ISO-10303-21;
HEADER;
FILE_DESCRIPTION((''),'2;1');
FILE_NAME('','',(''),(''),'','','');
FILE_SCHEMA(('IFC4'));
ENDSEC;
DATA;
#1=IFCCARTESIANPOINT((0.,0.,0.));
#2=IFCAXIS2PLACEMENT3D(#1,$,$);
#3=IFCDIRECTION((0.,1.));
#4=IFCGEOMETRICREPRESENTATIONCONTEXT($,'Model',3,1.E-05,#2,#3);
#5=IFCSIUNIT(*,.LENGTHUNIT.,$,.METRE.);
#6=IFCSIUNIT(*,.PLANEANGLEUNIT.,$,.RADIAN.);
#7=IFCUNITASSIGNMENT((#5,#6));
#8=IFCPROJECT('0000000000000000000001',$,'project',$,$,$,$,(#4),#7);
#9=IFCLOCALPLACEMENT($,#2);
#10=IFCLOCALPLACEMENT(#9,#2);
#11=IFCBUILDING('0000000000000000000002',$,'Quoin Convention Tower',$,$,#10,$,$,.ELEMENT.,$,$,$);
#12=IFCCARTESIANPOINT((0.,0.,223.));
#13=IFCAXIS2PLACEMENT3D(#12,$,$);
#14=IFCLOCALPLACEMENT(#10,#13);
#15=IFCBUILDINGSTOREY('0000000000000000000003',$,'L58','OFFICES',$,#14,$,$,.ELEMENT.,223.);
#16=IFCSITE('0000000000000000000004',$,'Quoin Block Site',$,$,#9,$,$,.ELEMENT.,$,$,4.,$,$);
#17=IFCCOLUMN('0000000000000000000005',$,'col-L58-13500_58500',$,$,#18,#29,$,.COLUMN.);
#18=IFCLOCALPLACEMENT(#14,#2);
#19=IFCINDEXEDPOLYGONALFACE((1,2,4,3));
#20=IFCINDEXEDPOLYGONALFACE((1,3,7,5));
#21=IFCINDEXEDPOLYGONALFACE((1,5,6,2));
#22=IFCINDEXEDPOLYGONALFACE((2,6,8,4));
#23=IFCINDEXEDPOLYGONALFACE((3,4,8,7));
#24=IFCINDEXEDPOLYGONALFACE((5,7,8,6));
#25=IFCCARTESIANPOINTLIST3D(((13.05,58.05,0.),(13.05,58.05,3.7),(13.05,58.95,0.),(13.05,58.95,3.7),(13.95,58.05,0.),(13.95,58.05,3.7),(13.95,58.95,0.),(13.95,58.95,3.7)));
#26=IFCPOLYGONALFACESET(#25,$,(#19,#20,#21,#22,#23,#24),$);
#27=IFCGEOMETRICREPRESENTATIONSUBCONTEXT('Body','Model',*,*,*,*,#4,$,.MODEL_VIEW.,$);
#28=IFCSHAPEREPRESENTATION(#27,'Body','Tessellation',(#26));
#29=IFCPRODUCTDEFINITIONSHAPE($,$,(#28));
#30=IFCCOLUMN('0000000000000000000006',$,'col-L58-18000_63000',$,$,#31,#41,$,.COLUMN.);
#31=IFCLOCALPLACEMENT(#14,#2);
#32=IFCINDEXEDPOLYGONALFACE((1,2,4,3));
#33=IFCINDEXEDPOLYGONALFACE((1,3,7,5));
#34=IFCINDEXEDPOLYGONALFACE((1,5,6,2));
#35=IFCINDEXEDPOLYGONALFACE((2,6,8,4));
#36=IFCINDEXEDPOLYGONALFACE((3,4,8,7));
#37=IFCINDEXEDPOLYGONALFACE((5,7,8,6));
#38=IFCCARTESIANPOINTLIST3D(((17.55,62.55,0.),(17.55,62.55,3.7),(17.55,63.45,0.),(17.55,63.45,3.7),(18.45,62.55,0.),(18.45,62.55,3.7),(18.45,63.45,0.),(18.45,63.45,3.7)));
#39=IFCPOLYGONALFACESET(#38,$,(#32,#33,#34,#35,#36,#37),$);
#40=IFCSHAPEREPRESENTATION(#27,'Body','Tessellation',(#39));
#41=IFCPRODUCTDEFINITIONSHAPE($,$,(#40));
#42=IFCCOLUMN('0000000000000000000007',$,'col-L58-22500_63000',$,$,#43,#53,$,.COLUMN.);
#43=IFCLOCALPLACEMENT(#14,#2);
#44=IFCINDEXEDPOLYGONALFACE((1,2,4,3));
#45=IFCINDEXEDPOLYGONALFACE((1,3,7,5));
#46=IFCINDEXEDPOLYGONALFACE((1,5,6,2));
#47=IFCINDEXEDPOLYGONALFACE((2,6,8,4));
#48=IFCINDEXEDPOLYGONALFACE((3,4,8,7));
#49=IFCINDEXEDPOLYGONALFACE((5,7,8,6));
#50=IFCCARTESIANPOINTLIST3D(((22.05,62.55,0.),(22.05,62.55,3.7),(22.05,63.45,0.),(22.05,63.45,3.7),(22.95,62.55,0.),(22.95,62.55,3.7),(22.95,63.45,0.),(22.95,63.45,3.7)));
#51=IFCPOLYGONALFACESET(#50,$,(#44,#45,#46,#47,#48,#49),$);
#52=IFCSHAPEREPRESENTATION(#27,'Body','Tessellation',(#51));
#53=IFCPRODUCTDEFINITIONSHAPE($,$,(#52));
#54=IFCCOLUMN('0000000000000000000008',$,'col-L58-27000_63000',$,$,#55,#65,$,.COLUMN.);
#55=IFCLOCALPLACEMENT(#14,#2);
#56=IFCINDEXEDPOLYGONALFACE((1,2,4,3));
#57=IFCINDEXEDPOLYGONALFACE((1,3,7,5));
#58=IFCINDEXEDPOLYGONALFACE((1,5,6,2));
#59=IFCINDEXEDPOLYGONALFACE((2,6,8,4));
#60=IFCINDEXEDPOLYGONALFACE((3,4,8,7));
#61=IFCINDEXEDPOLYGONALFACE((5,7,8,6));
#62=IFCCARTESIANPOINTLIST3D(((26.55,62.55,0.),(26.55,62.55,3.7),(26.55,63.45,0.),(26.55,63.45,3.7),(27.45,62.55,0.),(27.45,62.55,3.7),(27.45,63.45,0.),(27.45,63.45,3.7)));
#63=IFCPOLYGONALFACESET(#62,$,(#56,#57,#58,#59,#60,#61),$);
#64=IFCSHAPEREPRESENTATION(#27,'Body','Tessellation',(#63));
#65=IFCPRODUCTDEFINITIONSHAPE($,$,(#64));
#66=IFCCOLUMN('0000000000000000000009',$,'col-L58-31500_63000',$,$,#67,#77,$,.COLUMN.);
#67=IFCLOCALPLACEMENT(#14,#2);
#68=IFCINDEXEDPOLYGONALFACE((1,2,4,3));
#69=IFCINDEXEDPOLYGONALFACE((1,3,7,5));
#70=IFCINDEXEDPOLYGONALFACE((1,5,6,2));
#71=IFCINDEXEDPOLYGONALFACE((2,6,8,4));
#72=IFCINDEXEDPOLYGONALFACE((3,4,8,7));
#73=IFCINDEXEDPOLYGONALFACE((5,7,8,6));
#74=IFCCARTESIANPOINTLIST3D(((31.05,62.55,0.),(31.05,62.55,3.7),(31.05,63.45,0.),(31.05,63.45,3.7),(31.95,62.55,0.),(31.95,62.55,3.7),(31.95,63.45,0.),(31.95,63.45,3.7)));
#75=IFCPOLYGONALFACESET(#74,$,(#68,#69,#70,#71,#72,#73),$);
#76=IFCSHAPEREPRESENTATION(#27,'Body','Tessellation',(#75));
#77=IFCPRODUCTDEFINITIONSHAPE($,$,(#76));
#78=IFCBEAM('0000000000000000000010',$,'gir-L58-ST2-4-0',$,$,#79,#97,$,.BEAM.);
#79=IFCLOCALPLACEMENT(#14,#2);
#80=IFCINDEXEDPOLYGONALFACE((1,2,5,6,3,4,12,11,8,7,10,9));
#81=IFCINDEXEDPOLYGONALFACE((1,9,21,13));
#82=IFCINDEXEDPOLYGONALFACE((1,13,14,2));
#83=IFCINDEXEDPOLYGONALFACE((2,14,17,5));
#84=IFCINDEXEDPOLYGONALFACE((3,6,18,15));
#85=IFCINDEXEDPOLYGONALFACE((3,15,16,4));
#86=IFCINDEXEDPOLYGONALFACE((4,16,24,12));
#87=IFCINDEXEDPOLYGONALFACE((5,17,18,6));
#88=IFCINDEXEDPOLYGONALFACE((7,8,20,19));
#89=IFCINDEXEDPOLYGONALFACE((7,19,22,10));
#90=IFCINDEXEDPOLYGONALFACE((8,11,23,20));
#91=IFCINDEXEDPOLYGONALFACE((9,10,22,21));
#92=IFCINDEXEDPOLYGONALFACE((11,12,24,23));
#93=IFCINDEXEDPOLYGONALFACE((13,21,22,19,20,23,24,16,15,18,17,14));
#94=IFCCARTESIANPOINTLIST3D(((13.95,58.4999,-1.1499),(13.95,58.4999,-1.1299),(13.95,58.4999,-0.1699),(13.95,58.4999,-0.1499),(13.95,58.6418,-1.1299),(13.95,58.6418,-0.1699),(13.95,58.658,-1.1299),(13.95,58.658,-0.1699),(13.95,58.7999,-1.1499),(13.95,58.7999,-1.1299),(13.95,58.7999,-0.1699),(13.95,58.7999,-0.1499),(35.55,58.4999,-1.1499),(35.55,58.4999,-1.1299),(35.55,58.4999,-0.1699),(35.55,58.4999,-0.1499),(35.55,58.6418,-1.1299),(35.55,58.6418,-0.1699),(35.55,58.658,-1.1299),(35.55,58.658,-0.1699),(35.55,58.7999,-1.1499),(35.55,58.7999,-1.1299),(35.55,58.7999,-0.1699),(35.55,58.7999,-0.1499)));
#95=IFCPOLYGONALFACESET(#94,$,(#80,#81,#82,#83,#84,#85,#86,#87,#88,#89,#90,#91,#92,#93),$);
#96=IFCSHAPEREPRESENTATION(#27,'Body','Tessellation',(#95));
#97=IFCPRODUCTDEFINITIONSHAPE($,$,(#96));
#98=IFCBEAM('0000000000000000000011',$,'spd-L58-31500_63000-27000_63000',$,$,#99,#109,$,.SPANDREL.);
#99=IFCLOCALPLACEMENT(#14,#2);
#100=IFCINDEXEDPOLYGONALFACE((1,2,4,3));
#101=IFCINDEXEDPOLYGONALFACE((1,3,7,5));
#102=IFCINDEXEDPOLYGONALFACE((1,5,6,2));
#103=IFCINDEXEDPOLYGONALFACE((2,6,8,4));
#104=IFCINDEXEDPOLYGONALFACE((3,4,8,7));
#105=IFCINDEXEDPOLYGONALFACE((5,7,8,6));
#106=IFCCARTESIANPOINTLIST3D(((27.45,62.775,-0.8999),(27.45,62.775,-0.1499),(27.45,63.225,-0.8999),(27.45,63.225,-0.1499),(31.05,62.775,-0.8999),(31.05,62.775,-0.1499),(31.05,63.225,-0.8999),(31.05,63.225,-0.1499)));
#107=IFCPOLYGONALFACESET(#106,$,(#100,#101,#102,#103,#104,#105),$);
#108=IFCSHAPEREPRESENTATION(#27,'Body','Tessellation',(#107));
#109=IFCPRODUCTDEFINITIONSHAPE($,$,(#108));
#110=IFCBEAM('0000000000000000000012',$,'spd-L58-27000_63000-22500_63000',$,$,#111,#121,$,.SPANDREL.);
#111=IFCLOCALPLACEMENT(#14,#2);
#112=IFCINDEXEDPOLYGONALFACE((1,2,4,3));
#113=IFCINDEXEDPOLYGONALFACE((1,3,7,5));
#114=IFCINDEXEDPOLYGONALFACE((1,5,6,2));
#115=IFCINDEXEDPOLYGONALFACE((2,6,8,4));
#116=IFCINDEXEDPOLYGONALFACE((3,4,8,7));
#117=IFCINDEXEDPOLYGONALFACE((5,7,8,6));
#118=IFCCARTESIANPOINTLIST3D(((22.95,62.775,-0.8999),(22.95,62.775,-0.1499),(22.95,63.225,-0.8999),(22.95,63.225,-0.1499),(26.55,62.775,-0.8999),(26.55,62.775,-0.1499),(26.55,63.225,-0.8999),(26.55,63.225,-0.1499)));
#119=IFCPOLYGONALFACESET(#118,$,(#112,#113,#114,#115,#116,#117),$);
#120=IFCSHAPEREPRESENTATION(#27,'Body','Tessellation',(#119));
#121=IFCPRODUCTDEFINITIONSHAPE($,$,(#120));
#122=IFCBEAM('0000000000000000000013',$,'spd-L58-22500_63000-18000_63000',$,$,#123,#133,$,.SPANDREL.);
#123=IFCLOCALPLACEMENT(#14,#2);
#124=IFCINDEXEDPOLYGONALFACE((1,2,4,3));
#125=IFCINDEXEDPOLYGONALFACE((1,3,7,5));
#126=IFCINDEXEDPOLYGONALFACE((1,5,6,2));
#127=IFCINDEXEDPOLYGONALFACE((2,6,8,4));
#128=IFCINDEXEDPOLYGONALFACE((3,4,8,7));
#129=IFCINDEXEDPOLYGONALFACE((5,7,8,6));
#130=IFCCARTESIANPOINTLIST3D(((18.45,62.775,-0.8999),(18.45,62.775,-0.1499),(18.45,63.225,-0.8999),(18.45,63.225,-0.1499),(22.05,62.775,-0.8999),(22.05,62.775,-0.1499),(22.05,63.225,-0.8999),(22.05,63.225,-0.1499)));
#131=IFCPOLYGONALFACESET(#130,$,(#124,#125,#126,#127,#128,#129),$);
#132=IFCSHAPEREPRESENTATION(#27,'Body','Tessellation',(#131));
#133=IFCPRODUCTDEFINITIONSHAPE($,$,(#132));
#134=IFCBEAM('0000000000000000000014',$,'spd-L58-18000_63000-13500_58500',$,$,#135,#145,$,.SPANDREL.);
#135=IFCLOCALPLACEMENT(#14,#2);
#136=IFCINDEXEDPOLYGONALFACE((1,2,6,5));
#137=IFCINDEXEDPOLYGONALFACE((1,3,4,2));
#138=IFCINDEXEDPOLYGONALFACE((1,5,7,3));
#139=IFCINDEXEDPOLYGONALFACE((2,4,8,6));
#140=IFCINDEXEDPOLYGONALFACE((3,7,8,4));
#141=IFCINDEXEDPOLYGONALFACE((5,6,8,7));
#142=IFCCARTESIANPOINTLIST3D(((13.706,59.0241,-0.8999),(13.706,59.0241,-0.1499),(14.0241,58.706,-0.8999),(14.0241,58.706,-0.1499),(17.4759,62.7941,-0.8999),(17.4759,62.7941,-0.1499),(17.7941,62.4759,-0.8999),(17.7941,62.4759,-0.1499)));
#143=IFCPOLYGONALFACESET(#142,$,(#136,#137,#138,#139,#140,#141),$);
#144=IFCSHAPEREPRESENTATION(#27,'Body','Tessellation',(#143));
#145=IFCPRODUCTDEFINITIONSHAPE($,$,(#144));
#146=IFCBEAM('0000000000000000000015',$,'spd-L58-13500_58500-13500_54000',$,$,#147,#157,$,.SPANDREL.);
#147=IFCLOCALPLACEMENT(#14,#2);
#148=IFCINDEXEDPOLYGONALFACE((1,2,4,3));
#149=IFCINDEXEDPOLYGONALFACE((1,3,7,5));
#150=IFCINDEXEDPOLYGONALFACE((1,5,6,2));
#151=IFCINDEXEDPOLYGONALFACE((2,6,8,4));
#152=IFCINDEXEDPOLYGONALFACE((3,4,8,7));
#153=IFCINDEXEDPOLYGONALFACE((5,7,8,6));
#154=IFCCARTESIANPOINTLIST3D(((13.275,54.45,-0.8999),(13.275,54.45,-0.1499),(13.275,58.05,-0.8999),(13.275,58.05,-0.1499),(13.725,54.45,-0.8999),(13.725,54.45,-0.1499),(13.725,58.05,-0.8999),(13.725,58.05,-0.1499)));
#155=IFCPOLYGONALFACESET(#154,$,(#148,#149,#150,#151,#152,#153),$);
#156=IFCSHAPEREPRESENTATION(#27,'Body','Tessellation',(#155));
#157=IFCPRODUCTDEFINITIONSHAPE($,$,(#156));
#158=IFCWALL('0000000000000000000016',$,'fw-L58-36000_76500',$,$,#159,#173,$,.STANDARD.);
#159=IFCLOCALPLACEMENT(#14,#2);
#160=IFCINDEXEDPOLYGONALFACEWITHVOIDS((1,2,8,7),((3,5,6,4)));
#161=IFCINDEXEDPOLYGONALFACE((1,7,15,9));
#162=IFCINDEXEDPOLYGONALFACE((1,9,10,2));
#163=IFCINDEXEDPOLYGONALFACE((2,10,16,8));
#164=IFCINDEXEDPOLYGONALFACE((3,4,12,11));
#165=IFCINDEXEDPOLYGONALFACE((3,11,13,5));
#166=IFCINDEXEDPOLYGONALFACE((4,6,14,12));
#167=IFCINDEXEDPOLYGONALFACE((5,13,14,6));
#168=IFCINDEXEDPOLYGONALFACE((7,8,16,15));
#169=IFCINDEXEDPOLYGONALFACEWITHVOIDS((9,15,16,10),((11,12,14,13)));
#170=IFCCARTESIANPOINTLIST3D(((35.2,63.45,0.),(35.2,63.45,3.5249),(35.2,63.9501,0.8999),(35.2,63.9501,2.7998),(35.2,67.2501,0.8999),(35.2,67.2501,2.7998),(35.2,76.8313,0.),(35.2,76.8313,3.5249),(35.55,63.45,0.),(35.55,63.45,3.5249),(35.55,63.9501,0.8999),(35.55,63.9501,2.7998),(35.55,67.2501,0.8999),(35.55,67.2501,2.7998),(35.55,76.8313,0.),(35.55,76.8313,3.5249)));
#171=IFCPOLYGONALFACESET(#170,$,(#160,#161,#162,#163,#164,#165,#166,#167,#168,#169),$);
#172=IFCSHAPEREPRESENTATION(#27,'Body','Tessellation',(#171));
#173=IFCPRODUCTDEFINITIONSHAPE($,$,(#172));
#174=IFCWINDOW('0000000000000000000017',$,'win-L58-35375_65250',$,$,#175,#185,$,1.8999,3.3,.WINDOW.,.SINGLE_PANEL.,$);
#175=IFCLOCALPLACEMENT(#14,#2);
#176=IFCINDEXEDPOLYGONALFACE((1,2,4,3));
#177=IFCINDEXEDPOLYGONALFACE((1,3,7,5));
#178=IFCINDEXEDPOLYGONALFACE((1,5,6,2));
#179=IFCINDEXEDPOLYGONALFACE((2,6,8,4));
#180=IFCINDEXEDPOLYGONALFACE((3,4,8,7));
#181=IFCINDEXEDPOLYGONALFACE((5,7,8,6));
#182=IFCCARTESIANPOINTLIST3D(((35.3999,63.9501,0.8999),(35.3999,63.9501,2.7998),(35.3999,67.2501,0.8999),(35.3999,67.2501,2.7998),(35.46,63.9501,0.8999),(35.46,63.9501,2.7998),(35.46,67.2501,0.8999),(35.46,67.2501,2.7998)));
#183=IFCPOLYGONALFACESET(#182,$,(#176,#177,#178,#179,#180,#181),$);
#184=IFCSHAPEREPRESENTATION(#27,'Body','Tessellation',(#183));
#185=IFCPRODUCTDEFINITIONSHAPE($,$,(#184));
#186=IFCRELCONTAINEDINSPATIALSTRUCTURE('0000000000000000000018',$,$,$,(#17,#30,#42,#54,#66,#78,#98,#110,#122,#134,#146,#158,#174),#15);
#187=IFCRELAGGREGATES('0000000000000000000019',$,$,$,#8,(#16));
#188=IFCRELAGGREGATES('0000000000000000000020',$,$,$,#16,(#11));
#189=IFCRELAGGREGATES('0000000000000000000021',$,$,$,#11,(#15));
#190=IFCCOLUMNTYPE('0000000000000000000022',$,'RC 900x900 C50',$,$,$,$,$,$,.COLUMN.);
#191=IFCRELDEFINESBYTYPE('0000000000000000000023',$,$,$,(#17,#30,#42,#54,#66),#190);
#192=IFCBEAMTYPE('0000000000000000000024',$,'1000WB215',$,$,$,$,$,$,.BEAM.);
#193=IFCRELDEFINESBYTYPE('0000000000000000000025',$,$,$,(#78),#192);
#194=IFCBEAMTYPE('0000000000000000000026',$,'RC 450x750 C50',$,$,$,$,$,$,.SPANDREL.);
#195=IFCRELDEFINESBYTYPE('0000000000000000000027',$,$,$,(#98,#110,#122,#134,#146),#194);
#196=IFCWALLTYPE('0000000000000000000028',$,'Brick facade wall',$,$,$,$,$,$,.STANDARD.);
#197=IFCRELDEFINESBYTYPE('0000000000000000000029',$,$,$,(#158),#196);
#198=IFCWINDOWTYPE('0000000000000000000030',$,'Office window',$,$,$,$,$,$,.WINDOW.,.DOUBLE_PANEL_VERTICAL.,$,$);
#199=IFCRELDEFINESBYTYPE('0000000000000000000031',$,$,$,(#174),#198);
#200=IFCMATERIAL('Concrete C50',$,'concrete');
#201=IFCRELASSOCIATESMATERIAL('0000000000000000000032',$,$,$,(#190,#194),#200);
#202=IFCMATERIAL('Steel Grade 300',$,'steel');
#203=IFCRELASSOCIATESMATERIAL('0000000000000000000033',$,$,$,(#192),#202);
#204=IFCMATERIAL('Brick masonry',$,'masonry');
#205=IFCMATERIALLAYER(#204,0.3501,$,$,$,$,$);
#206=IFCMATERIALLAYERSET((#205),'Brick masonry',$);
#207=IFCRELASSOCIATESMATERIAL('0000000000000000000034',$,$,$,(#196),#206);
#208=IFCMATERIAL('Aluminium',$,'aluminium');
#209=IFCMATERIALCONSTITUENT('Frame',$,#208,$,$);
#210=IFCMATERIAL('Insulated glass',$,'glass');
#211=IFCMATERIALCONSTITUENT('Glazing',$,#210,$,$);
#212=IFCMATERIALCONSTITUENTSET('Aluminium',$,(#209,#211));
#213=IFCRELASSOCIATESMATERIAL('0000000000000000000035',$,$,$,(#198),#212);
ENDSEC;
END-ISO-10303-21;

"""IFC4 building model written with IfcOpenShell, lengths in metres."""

from ifc_helpers import new_model, si_unit, direction, frame, frame_2d, origin, origin_2d, place, context, subcontext, project, spatial, rectangle, i_section, extrude, material, layer, layer_set, constituent, constituent_set, material_profile, profile_set, type_object, element, fill, save


model = new_model("IFC4")

# Units and contexts
model_context = context("Model", 3, precision=1e-05, world=origin(), true_north=direction((0.0, 1.0)))
body_context = subcontext(model_context, "Body", "Model", "MODEL_VIEW")
ifc_project = project(units=[si_unit("LENGTHUNIT", "METRE"), si_unit("PLANEANGLEUNIT", "RADIAN")], contexts=[model_context])

# Site, building, storey
site_placement = place(None, origin())
site = spatial("IfcSite", under=ifc_project, at=site_placement, Name="Quoin Block Site", CompositionType="ELEMENT", RefElevation=4.0)
building_placement = place(site_placement, origin())
building = spatial("IfcBuilding", under=site, at=building_placement, Name="Quoin Convention Tower", CompositionType="ELEMENT")
storey_placement = place(building_placement, frame((0.0, 0.0, 223.0)))
storey = spatial("IfcBuildingStorey", under=building, at=storey_placement, Name="L58", Description="OFFICES", CompositionType="ELEMENT", Elevation=223.0)

# Columns
ifc_material_1 = material(Name="Concrete C50", Category="concrete")
ifc_material_profile_1 = material_profile(ifc_material_1, rectangle(XDim=0.8999, YDim=0.8999, at=origin_2d()), Name="RC 900x900")
ifc_profile_set_1 = profile_set([ifc_material_profile_1], Name="Concrete C50")
column_type = type_object("IfcColumnType", Name="RC 900x900 C50", PredefinedType="COLUMN", material=ifc_profile_set_1)
for number, where, z_axis, x_axis, name in (
    (1, (13.5, 58.5, 0.0), (0.0, 0.0, 1.0), (1.0, 0.0, 0.0), "col-L58-13500_58500"),
    (2, (18.0, 63.0, 0.0), (0.0, 0.0, 1.0), (1.0, 0.0, 0.0), "col-L58-18000_63000"),
    (3, (22.5, 63.0, 0.0), (0.0, 0.0, 1.0), (1.0, 0.0, 0.0), "col-L58-22500_63000"),
    (4, (27.0, 63.0, 0.0), (0.0, 0.0, 1.0), (1.0, 0.0, 0.0), "col-L58-27000_63000"),
    (5, (31.5, 63.0, 0.0), (0.0, 0.0, 1.0), (1.0, 0.0, 0.0), "col-L58-31500_63000"),
):
    element("IfcColumn", number, at=place(storey_placement, frame(where, z_axis=z_axis, x_axis=x_axis)), inside=storey, type_object=column_type, Name=name, PredefinedType="COLUMN", context=body_context, shape_type="SweptSolid", body=[
        extrude(rectangle(XDim=0.8999, YDim=0.8999, at=origin_2d()), origin(), (0.0, 0.0, 1.0), 3.7),
    ])

# Beams
ifc_material_2 = material(Name="Steel Grade 300", Category="steel")
ifc_material_profile_2 = material_profile(ifc_material_2, i_section(OverallWidth=0.3, OverallDepth=1.0, WebThickness=0.0161, FlangeThickness=0.02, at=origin_2d()), Name="1000WB215")
ifc_profile_set_2 = profile_set([ifc_material_profile_2], Name="Steel Grade 300")
beam_type_1 = type_object("IfcBeamType", Name="1000WB215", PredefinedType="BEAM", material=ifc_profile_set_2)
beam_1_placement = place(storey_placement, frame((13.95, 58.6499, -0.6499), z_axis=(1.0, 0.0, 0.0), x_axis=(0.0, 1.0, 0.0)))
element("IfcBeam", 6, at=beam_1_placement, inside=storey, type_object=beam_type_1, Name="gir-L58-ST2-4-0", PredefinedType="BEAM", context=body_context, shape_type="SweptSolid", body=[
    extrude(i_section(OverallWidth=0.3, OverallDepth=1.0, WebThickness=0.0161, FlangeThickness=0.02, at=origin_2d()), origin(), (0.0, 0.0, 1.0), 21.6001),
])
ifc_material_profile_3 = material_profile(ifc_material_1, rectangle(XDim=0.45, YDim=0.75, at=origin_2d()), Name="RC 450x750")
ifc_profile_set_3 = profile_set([ifc_material_profile_3], Name="Concrete C50")
beam_type_2 = type_object("IfcBeamType", Name="RC 450x750 C50", PredefinedType="SPANDREL", material=ifc_profile_set_3)
for number, where, z_axis, x_axis, name in (
    (7, (31.05, 63.0, -0.5249), (-1.0, 0.0, 0.0), (0.0, -1.0, 0.0), "spd-L58-31500_63000-27000_63000"),
    (8, (26.55, 63.0, -0.5249), (-1.0, 0.0, 0.0), (0.0, -1.0, 0.0), "spd-L58-27000_63000-22500_63000"),
    (9, (22.05, 63.0, -0.5249), (-1.0, 0.0, 0.0), (0.0, -1.0, 0.0), "spd-L58-22500_63000-18000_63000"),
):
    element("IfcBeam", number, at=place(storey_placement, frame(where, z_axis=z_axis, x_axis=x_axis)), inside=storey, type_object=beam_type_2, Name=name, PredefinedType="SPANDREL", context=body_context, shape_type="SweptSolid", body=[
        extrude(rectangle(XDim=0.45, YDim=0.75, at=origin_2d()), origin(), (0.0, 0.0, 1.0), 3.6001),
    ])
beam_2_placement = place(storey_placement, frame((17.635, 62.635, -0.5249), z_axis=(-0.707107, -0.707107, 0.0), x_axis=(0.707107, -0.707107, 0.0)))
element("IfcBeam", 10, at=beam_2_placement, inside=storey, type_object=beam_type_2, Name="spd-L58-18000_63000-13500_58500", PredefinedType="SPANDREL", context=body_context, shape_type="SweptSolid", body=[
    extrude(rectangle(XDim=0.45, YDim=0.75, at=origin_2d()), origin(), (0.0, 0.0, 1.0), 5.3315),
])
beam_3_placement = place(storey_placement, frame((13.5, 58.05, -0.5249), z_axis=(0.0, -1.0, 0.0), x_axis=(1.0, 0.0, 0.0)))
element("IfcBeam", 11, at=beam_3_placement, inside=storey, type_object=beam_type_2, Name="spd-L58-13500_58500-13500_54000", PredefinedType="SPANDREL", context=body_context, shape_type="SweptSolid", body=[
    extrude(rectangle(XDim=0.45, YDim=0.75, at=origin_2d()), origin(), (0.0, 0.0, 1.0), 3.6001),
])

# Wall, opening, window
ifc_material_3 = material(Name="Brick masonry", Category="masonry")
ifc_layer_1 = layer(ifc_material_3, 0.3501)
ifc_layer_set_1 = layer_set([ifc_layer_1], Name="Brick masonry")
wall_type_1 = type_object("IfcWallType", Name="Brick facade wall", PredefinedType="STANDARD", material=ifc_layer_set_1)
wall_1_placement = place(storey_placement, frame((35.375, 76.8313, 0.0), z_axis=(0.0, 0.0, 1.0), x_axis=(0.0, -1.0, 0.0)))
wall_1 = element("IfcWall", 12, at=wall_1_placement, inside=storey, type_object=wall_type_1, Name="fw-L58-36000_76500", PredefinedType="STANDARD", context=body_context, shape_type="SweptSolid", body=[
    extrude(rectangle(XDim=13.3813, YDim=0.3501, at=frame_2d((6.6907, 0.0))), origin(), (0.0, 0.0, 1.0), 3.5249),
])
opening_1_placement = place(wall_1_placement, frame((9.5813, 0.0, 0.8999)))
opening_1 = element("IfcOpeningElement", 13, at=opening_1_placement, cuts=wall_1, PredefinedType="OPENING", context=body_context, shape_type="SweptSolid", body=[
    extrude(rectangle(XDim=3.3, YDim=1.8999, at=frame_2d((1.6499, 0.95))), frame((0.0, 0.1851, 0.0), z_axis=(0.0, -1.0, 0.0), x_axis=(1.0, 0.0, 0.0)), (0.0, 0.0, 1.0), 0.3701),
])
ifc_material_4 = material(Name="Aluminium", Category="aluminium")
ifc_constituent_1 = constituent(ifc_material_4, Name="Frame")
ifc_material_5 = material(Name="Insulated glass", Category="glass")
ifc_constituent_2 = constituent(ifc_material_5, Name="Glazing")
ifc_constituent_set = constituent_set(constituents=[ifc_constituent_1, ifc_constituent_2], Name="Aluminium")
window_type = type_object("IfcWindowType", Name="Office window", PartitioningType="DOUBLE_PANEL_VERTICAL", PredefinedType="WINDOW", material=ifc_constituent_set)
window_1_placement = place(opening_1_placement, origin())
window_1 = element("IfcWindow", 14, at=window_1_placement, inside=storey, type_object=window_type, Name="win-L58-35375_65250", OverallHeight=1.8999, OverallWidth=3.3, PartitioningType="SINGLE_PANEL", PredefinedType="WINDOW", context=body_context, shape_type="SweptSolid", body=[
    extrude(rectangle(XDim=3.3, YDim=1.8999, at=frame_2d((1.6499, 0.95))), frame((0.0, 0.085, 0.0), z_axis=(0.0, -1.0, 0.0), x_axis=(1.0, 0.0, 0.0)), (0.0, 0.0, 1.0), 0.0601),
])
fill(opening_1, window_1)

save(model, "model.ifc")
